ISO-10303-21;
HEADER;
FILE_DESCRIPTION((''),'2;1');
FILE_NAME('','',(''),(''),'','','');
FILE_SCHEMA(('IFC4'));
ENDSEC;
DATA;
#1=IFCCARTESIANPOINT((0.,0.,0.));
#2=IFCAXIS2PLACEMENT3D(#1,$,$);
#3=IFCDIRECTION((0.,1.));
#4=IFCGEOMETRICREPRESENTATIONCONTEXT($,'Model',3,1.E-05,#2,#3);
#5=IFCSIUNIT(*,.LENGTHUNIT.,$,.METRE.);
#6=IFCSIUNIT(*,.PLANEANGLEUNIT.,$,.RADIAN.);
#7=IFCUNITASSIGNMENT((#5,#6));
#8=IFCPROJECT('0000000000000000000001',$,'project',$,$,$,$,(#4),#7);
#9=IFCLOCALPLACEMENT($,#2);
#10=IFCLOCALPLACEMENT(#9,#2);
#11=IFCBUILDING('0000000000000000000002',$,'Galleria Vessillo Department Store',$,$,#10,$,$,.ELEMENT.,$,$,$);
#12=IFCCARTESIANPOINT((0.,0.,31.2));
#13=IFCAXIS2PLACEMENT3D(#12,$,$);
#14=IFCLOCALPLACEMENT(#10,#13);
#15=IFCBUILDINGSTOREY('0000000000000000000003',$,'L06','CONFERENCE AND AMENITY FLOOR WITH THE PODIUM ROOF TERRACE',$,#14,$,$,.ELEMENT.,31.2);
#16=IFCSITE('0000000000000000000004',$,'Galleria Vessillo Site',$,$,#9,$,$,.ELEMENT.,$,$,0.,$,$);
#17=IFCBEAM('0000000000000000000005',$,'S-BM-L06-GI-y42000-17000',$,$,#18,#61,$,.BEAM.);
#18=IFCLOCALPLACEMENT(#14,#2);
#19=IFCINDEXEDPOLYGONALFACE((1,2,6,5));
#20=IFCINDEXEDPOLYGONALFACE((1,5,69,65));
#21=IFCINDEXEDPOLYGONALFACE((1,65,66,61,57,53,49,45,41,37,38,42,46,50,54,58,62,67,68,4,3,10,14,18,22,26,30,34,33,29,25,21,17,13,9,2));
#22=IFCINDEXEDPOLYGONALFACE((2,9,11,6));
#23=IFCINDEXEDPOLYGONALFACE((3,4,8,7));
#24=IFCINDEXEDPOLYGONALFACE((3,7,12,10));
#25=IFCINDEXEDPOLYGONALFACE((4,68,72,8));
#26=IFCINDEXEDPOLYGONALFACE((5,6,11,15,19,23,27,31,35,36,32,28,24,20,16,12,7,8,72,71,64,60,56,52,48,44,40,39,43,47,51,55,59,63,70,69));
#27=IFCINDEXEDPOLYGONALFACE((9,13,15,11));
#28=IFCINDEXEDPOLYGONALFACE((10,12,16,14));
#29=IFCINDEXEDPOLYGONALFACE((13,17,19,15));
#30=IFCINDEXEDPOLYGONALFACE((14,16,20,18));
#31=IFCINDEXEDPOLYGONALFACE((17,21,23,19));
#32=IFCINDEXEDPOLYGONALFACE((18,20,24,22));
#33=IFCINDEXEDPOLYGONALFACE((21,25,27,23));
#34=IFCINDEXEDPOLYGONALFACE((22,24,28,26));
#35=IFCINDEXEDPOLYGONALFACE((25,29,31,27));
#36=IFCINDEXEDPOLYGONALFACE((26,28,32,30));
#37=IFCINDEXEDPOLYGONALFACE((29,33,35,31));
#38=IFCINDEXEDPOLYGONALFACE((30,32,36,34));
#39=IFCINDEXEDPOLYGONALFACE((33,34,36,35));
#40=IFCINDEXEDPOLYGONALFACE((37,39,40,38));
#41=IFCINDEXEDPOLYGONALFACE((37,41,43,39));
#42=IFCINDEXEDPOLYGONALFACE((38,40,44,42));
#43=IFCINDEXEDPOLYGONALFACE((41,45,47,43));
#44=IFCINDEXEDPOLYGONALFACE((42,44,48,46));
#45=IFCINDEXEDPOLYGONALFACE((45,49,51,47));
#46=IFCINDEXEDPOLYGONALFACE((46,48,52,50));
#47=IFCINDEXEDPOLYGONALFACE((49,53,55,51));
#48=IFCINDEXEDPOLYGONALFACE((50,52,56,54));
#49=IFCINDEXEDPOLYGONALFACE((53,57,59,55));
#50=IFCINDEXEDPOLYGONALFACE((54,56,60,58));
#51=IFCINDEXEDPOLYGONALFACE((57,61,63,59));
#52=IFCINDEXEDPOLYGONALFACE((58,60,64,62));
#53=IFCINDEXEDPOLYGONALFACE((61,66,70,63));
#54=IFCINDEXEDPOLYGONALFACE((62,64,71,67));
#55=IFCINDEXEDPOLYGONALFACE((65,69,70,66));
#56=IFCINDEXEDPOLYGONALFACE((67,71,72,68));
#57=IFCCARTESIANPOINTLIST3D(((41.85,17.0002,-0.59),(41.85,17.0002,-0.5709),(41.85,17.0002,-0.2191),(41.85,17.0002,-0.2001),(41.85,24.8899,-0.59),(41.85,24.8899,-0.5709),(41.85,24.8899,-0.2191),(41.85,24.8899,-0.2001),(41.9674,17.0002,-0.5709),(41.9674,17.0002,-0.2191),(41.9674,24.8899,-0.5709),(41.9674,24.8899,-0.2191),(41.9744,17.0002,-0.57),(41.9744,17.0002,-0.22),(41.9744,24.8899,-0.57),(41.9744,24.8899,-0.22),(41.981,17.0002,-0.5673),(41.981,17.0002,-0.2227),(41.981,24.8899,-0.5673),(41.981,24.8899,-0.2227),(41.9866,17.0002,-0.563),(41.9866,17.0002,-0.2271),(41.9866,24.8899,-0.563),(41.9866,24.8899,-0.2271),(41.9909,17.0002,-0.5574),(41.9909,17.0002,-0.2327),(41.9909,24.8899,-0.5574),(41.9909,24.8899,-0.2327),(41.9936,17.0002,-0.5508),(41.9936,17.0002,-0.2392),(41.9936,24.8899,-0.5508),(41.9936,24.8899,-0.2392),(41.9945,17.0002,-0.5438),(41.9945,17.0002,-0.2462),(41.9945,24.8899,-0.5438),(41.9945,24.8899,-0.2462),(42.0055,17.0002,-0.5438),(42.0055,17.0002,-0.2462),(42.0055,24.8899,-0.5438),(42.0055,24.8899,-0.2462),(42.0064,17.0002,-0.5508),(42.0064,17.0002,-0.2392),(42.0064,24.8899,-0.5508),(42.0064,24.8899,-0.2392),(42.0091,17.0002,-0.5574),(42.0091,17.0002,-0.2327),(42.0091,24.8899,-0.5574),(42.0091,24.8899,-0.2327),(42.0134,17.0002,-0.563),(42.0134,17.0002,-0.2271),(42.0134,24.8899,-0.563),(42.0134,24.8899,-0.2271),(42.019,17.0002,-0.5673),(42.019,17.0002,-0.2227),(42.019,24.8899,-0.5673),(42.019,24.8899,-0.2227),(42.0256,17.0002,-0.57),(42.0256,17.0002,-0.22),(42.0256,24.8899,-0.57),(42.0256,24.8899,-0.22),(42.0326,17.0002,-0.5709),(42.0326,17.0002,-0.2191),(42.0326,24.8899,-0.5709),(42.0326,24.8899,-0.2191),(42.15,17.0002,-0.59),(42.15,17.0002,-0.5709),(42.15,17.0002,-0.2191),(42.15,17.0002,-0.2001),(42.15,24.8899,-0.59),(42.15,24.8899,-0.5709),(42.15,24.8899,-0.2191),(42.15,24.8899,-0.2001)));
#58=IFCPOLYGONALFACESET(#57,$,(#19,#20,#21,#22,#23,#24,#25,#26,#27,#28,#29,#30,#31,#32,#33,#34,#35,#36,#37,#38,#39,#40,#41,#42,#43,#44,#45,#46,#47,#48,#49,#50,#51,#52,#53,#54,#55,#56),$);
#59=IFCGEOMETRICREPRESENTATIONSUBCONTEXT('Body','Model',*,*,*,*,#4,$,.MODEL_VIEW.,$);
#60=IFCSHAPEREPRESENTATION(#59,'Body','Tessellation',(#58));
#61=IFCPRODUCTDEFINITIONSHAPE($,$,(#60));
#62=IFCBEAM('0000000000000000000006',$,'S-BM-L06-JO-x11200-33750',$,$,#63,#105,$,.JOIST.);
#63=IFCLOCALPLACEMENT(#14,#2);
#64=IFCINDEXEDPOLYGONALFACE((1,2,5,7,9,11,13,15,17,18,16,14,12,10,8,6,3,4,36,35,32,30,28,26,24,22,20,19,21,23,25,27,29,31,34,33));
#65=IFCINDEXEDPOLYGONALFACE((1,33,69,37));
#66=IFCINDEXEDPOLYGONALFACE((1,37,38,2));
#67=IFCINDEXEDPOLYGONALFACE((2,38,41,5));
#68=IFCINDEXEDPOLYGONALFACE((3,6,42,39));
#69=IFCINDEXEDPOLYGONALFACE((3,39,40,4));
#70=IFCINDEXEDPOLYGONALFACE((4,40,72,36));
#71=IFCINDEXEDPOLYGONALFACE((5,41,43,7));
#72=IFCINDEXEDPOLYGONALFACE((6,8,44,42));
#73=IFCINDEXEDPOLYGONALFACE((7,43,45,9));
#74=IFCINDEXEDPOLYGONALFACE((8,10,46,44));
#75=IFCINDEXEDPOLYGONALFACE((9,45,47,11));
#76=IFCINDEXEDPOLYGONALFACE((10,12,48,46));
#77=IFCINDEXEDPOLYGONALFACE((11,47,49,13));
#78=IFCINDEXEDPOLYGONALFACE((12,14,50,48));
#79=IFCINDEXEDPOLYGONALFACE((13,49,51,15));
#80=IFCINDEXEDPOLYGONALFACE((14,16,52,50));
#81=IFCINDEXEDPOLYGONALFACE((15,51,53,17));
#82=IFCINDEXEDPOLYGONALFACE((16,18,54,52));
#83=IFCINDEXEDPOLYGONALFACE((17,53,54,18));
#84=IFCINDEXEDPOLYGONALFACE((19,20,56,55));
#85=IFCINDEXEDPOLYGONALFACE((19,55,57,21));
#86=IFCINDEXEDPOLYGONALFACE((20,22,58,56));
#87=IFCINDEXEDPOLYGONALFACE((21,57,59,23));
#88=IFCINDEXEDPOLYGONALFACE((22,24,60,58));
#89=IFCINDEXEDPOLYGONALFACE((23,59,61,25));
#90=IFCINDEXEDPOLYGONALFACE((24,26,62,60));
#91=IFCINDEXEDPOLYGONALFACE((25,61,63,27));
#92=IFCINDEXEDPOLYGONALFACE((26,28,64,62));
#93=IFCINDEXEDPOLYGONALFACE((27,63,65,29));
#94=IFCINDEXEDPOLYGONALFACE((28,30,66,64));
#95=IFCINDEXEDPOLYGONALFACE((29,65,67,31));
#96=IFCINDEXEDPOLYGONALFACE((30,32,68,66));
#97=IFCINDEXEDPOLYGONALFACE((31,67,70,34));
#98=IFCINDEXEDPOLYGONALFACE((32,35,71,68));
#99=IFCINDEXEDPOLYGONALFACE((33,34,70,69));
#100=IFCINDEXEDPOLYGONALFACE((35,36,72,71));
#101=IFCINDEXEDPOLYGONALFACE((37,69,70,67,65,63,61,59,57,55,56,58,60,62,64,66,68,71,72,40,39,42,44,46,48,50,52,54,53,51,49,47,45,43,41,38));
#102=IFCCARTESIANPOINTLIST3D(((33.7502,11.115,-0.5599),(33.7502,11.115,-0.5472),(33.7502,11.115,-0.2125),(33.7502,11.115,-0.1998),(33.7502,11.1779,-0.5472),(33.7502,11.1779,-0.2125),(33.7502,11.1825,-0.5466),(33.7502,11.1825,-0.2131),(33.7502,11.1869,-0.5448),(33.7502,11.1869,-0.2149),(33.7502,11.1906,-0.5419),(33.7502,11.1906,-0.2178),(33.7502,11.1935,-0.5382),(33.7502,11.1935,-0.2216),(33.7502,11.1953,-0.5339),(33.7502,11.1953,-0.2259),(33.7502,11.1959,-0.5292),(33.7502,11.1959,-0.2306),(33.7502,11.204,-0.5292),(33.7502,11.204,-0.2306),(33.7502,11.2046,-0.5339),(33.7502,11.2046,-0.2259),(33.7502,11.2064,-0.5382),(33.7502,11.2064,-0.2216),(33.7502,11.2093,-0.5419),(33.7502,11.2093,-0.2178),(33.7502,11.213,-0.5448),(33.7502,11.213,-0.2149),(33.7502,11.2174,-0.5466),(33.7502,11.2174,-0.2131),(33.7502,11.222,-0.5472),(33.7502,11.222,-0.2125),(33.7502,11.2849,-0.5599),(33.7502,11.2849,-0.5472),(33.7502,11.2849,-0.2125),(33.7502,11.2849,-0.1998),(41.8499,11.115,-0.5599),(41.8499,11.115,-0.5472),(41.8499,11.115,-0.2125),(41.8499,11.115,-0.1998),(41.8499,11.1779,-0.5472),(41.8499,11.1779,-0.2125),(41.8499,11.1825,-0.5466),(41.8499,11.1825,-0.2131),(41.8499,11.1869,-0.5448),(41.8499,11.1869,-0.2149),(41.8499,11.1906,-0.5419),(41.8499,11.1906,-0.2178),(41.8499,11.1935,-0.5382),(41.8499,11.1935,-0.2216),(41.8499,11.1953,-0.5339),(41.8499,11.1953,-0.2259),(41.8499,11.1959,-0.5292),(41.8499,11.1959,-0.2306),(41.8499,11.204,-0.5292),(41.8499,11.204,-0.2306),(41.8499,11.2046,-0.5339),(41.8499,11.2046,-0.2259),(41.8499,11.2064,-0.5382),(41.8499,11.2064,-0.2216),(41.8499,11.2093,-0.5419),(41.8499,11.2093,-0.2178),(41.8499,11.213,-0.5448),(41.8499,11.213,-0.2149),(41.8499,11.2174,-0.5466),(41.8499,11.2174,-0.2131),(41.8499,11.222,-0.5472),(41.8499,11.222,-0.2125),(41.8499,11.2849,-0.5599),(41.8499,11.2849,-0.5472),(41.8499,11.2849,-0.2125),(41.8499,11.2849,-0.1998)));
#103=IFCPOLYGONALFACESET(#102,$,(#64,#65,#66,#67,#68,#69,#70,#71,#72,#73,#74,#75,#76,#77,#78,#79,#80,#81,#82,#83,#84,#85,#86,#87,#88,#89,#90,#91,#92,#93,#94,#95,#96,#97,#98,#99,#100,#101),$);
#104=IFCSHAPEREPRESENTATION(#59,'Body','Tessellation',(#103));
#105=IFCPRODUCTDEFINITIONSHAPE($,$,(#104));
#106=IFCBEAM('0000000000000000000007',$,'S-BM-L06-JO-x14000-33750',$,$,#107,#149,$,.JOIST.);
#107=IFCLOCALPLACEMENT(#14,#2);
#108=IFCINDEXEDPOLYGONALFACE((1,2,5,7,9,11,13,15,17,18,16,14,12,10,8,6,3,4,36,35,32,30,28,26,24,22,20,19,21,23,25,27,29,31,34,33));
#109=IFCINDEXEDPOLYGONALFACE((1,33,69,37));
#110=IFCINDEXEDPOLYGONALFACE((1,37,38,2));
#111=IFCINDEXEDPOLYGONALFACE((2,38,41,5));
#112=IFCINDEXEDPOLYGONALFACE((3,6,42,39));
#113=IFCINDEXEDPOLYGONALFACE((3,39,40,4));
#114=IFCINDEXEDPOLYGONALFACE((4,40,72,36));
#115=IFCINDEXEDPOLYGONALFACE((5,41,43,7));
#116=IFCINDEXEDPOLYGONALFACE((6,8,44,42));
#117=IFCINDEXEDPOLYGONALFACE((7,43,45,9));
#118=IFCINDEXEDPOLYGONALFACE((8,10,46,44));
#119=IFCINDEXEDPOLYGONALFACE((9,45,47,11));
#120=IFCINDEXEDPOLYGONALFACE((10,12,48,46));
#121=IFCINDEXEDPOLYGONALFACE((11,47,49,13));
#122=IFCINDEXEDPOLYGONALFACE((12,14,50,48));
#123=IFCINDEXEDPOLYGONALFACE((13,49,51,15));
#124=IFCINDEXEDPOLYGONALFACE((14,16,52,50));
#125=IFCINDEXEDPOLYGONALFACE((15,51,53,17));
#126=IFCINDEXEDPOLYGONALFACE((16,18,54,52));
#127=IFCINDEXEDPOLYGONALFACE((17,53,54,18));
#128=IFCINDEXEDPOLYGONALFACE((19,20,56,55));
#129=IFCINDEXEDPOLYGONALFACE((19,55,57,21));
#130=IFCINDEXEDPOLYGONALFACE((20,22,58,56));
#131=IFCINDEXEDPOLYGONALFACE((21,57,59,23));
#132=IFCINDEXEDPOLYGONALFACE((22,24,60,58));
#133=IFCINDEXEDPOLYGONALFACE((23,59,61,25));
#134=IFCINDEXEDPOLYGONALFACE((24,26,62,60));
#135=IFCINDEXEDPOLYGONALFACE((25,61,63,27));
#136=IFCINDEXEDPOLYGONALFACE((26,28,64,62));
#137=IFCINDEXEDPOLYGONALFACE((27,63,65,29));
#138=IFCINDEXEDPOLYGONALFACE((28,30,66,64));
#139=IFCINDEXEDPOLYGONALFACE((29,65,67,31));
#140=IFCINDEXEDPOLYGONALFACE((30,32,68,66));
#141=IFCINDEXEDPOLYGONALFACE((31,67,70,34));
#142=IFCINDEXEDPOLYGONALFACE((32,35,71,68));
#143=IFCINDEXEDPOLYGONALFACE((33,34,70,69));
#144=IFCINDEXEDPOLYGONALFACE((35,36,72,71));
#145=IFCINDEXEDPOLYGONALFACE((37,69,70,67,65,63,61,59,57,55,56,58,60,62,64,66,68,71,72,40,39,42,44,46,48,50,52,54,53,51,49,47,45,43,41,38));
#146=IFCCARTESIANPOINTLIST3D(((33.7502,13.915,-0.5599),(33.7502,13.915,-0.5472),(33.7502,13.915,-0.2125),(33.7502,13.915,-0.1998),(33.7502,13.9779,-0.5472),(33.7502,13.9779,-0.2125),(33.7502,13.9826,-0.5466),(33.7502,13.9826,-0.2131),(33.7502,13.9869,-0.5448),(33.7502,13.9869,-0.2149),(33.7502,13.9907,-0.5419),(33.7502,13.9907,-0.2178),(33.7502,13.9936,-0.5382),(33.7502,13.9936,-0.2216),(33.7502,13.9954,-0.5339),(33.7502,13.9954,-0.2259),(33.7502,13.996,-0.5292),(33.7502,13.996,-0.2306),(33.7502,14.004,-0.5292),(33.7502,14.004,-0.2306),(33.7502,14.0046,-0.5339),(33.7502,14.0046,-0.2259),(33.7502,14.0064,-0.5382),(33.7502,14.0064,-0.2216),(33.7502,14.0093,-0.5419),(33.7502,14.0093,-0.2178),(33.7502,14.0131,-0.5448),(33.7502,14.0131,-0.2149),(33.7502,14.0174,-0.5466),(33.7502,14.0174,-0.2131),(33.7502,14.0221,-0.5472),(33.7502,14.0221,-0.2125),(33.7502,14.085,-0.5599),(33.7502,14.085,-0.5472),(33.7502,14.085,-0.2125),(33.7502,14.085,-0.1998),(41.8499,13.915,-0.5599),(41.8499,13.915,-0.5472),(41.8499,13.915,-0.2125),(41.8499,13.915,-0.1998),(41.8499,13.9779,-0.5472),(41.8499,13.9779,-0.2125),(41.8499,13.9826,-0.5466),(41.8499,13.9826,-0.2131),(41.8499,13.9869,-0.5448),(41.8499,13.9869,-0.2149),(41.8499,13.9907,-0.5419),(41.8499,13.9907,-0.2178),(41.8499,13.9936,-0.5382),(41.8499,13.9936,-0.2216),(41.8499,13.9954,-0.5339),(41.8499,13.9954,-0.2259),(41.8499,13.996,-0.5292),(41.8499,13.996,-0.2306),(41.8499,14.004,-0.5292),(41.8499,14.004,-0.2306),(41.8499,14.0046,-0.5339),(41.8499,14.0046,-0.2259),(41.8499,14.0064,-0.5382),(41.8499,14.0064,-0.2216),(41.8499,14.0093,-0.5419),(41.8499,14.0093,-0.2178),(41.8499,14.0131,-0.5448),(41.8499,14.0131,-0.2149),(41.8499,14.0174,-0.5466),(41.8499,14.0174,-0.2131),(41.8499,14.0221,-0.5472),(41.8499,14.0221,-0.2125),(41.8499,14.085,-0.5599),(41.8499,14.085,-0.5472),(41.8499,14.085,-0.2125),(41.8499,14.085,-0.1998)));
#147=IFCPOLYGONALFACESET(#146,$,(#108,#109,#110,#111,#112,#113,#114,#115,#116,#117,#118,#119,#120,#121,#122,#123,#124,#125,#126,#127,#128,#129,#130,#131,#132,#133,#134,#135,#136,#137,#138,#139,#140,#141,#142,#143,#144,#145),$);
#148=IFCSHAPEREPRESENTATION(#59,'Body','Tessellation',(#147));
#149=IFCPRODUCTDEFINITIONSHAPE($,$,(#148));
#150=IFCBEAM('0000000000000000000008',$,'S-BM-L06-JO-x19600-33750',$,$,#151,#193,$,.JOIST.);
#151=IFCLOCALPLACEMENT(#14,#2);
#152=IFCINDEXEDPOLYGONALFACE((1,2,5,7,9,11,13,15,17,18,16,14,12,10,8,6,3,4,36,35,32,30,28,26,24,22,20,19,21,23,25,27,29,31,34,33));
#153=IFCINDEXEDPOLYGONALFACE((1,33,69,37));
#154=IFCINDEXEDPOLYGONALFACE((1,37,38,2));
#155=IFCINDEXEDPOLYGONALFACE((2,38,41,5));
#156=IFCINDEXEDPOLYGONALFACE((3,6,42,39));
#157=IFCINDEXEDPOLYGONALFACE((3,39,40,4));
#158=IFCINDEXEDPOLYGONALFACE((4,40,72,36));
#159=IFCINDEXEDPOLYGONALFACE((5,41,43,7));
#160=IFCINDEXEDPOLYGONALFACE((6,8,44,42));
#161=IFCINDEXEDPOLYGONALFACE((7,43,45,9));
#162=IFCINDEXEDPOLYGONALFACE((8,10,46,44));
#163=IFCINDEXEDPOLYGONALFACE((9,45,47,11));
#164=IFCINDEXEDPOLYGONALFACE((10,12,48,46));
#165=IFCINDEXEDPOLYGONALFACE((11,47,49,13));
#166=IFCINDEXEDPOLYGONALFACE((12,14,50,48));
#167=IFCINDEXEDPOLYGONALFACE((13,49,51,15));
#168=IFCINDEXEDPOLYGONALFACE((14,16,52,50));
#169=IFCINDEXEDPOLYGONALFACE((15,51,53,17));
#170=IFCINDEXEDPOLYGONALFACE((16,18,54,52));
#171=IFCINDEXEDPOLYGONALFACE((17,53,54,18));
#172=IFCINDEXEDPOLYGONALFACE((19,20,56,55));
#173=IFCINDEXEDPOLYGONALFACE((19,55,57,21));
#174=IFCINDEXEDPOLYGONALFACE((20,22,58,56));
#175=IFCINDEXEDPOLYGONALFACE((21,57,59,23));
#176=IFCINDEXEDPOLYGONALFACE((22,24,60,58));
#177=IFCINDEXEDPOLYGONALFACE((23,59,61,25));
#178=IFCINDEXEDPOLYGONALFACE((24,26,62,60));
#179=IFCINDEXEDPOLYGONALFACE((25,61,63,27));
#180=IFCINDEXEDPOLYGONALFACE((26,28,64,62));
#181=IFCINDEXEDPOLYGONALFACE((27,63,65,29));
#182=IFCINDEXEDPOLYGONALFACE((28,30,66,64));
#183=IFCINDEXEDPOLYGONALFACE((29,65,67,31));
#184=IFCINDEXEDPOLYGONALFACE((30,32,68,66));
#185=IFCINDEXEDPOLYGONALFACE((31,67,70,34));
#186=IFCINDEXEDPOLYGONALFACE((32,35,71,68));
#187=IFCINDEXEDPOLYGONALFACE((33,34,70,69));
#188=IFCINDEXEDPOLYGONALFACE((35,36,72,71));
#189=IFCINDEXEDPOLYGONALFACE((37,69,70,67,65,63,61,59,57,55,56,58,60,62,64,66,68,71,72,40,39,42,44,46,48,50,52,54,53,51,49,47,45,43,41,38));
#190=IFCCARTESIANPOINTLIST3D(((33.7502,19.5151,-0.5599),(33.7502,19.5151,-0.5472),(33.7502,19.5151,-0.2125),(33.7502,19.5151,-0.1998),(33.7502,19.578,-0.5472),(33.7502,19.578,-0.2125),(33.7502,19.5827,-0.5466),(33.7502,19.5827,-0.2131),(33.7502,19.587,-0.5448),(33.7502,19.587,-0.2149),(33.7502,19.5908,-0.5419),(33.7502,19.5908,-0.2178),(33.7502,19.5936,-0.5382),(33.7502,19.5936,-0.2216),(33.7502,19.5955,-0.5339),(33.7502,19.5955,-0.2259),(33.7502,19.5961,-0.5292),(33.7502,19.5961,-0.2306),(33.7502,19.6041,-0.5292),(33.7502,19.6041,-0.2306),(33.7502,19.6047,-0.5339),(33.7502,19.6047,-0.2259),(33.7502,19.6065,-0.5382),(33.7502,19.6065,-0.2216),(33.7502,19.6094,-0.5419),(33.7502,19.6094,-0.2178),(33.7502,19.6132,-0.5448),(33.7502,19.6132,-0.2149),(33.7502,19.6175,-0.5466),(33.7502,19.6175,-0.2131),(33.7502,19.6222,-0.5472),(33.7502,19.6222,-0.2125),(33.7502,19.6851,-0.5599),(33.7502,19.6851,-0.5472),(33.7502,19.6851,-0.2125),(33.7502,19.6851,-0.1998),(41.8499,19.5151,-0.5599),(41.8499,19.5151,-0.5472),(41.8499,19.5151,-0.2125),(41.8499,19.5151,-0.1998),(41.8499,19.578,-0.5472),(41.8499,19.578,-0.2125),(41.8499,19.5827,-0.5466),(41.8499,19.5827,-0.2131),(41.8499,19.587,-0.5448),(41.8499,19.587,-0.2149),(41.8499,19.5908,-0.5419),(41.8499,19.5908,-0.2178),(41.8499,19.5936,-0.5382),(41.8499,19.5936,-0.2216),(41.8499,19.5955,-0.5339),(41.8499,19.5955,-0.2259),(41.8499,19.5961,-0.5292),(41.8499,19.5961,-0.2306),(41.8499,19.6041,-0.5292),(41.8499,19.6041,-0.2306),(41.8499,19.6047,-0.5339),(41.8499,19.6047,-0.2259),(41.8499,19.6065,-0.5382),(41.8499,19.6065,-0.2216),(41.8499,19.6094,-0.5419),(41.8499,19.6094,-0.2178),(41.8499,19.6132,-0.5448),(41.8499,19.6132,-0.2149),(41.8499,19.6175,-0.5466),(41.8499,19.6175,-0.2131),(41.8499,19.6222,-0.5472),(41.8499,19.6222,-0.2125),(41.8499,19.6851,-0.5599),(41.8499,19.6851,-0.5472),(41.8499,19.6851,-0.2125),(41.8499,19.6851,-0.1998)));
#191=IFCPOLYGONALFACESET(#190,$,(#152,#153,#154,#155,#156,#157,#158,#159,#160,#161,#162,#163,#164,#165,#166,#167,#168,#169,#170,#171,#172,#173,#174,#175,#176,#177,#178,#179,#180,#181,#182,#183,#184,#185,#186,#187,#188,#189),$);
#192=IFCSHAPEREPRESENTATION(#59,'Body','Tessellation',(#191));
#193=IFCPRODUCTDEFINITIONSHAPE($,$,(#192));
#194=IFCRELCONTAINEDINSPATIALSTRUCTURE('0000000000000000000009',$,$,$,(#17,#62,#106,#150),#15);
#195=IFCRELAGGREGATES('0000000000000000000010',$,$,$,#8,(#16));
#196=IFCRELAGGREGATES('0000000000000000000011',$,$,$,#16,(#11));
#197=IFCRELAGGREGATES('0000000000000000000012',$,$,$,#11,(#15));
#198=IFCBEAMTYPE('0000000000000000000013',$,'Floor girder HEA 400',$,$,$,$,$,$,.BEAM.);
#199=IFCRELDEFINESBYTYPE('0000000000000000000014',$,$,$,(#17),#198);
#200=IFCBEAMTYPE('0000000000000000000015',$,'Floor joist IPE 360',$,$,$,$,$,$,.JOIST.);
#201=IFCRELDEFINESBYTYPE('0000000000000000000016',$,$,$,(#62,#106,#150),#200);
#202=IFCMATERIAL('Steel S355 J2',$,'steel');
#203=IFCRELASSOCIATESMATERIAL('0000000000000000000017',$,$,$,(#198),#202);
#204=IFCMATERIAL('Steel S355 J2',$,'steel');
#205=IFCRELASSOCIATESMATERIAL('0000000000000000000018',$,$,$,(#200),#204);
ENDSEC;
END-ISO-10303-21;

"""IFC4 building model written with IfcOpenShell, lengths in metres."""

from ifc_helpers import new_model, si_unit, direction, frame, origin, origin_2d, place, context, subcontext, project, spatial, i_section, extrude, material, material_profile, profile_set, type_object, element, save


model = new_model("IFC4")

# Units and contexts
model_context = context("Model", 3, precision=1e-05, world=origin(), true_north=direction((0.0, 1.0)))
body_context = subcontext(model_context, "Body", "Model", "MODEL_VIEW")
ifc_project = project(units=[si_unit("LENGTHUNIT", "METRE"), si_unit("PLANEANGLEUNIT", "RADIAN")], contexts=[model_context])

# Site, building, storey
site_placement = place(None, origin())
site = spatial("IfcSite", under=ifc_project, at=site_placement, Name="Galleria Vessillo Site", CompositionType="ELEMENT", RefElevation=0.0)
building_placement = place(site_placement, origin())
building = spatial("IfcBuilding", under=site, at=building_placement, Name="Galleria Vessillo Department Store", CompositionType="ELEMENT")
storey_placement = place(building_placement, frame((0.0, 0.0, 31.2)))
storey = spatial("IfcBuildingStorey", under=building, at=storey_placement, Name="L06", Description="CONFERENCE AND AMENITY FLOOR WITH THE PODIUM ROOF TERRACE", CompositionType="ELEMENT", Elevation=31.2)

# Beams
ifc_material_1 = material(Name="Steel S355 J2", Category="steel")
ifc_material_profile_1 = material_profile(ifc_material_1, i_section(OverallWidth=0.3, OverallDepth=0.3899, WebThickness=0.011, FlangeThickness=0.019, FilletRadius=0.0271, at=origin_2d()), Name="HEA 400")
ifc_profile_set_1 = profile_set([ifc_material_profile_1], Name="Steel S355 J2")
beam_type_1 = type_object("IfcBeamType", Name="Floor girder HEA 400", PredefinedType="BEAM", material=ifc_profile_set_1)
beam_1_placement = place(storey_placement, frame((42.0, 17.0002, -0.395), z_axis=(0.0, 1.0, 0.0), x_axis=(-1.0, 0.0, 0.0)))
element("IfcBeam", 1, at=beam_1_placement, inside=storey, type_object=beam_type_1, Name="S-BM-L06-GI-y42000-17000", PredefinedType="BEAM", context=body_context, shape_type="SweptSolid", body=[
    extrude(i_section(OverallWidth=0.3, OverallDepth=0.3899, WebThickness=0.011, FlangeThickness=0.019, FilletRadius=0.0271, at=origin_2d()), origin(), (0.0, 0.0, 1.0), 7.8896),
])
ifc_material_2 = material(Name="Steel S355 J2", Category="steel")
ifc_material_profile_2 = material_profile(ifc_material_2, i_section(OverallWidth=0.1699, OverallDepth=0.3601, WebThickness=0.0081, FlangeThickness=0.0127, FilletRadius=0.0181, at=origin_2d()), Name="IPE 360")
ifc_profile_set_2 = profile_set([ifc_material_profile_2], Name="Steel S355 J2")
beam_type_2 = type_object("IfcBeamType", Name="Floor joist IPE 360", PredefinedType="JOIST", material=ifc_profile_set_2)
for number, where, z_axis, x_axis, name in (
    (2, (33.7502, 11.2, -0.3799), (1.0, 0.0, 0.0), (0.0, 1.0, 0.0), "S-BM-L06-JO-x11200-33750"),
    (3, (33.7502, 14.0, -0.3799), (1.0, 0.0, 0.0), (0.0, 1.0, 0.0), "S-BM-L06-JO-x14000-33750"),
    (4, (33.7502, 19.6001, -0.3799), (1.0, 0.0, 0.0), (0.0, 1.0, 0.0), "S-BM-L06-JO-x19600-33750"),
):
    element("IfcBeam", number, at=place(storey_placement, frame(where, z_axis=z_axis, x_axis=x_axis)), inside=storey, type_object=beam_type_2, Name=name, PredefinedType="JOIST", context=body_context, shape_type="SweptSolid", body=[
        extrude(i_section(OverallWidth=0.1699, OverallDepth=0.3601, WebThickness=0.0081, FlangeThickness=0.0127, FilletRadius=0.0181, at=origin_2d()), origin(), (0.0, 0.0, 1.0), 8.0996),
    ])

save(model, "model.ifc")
